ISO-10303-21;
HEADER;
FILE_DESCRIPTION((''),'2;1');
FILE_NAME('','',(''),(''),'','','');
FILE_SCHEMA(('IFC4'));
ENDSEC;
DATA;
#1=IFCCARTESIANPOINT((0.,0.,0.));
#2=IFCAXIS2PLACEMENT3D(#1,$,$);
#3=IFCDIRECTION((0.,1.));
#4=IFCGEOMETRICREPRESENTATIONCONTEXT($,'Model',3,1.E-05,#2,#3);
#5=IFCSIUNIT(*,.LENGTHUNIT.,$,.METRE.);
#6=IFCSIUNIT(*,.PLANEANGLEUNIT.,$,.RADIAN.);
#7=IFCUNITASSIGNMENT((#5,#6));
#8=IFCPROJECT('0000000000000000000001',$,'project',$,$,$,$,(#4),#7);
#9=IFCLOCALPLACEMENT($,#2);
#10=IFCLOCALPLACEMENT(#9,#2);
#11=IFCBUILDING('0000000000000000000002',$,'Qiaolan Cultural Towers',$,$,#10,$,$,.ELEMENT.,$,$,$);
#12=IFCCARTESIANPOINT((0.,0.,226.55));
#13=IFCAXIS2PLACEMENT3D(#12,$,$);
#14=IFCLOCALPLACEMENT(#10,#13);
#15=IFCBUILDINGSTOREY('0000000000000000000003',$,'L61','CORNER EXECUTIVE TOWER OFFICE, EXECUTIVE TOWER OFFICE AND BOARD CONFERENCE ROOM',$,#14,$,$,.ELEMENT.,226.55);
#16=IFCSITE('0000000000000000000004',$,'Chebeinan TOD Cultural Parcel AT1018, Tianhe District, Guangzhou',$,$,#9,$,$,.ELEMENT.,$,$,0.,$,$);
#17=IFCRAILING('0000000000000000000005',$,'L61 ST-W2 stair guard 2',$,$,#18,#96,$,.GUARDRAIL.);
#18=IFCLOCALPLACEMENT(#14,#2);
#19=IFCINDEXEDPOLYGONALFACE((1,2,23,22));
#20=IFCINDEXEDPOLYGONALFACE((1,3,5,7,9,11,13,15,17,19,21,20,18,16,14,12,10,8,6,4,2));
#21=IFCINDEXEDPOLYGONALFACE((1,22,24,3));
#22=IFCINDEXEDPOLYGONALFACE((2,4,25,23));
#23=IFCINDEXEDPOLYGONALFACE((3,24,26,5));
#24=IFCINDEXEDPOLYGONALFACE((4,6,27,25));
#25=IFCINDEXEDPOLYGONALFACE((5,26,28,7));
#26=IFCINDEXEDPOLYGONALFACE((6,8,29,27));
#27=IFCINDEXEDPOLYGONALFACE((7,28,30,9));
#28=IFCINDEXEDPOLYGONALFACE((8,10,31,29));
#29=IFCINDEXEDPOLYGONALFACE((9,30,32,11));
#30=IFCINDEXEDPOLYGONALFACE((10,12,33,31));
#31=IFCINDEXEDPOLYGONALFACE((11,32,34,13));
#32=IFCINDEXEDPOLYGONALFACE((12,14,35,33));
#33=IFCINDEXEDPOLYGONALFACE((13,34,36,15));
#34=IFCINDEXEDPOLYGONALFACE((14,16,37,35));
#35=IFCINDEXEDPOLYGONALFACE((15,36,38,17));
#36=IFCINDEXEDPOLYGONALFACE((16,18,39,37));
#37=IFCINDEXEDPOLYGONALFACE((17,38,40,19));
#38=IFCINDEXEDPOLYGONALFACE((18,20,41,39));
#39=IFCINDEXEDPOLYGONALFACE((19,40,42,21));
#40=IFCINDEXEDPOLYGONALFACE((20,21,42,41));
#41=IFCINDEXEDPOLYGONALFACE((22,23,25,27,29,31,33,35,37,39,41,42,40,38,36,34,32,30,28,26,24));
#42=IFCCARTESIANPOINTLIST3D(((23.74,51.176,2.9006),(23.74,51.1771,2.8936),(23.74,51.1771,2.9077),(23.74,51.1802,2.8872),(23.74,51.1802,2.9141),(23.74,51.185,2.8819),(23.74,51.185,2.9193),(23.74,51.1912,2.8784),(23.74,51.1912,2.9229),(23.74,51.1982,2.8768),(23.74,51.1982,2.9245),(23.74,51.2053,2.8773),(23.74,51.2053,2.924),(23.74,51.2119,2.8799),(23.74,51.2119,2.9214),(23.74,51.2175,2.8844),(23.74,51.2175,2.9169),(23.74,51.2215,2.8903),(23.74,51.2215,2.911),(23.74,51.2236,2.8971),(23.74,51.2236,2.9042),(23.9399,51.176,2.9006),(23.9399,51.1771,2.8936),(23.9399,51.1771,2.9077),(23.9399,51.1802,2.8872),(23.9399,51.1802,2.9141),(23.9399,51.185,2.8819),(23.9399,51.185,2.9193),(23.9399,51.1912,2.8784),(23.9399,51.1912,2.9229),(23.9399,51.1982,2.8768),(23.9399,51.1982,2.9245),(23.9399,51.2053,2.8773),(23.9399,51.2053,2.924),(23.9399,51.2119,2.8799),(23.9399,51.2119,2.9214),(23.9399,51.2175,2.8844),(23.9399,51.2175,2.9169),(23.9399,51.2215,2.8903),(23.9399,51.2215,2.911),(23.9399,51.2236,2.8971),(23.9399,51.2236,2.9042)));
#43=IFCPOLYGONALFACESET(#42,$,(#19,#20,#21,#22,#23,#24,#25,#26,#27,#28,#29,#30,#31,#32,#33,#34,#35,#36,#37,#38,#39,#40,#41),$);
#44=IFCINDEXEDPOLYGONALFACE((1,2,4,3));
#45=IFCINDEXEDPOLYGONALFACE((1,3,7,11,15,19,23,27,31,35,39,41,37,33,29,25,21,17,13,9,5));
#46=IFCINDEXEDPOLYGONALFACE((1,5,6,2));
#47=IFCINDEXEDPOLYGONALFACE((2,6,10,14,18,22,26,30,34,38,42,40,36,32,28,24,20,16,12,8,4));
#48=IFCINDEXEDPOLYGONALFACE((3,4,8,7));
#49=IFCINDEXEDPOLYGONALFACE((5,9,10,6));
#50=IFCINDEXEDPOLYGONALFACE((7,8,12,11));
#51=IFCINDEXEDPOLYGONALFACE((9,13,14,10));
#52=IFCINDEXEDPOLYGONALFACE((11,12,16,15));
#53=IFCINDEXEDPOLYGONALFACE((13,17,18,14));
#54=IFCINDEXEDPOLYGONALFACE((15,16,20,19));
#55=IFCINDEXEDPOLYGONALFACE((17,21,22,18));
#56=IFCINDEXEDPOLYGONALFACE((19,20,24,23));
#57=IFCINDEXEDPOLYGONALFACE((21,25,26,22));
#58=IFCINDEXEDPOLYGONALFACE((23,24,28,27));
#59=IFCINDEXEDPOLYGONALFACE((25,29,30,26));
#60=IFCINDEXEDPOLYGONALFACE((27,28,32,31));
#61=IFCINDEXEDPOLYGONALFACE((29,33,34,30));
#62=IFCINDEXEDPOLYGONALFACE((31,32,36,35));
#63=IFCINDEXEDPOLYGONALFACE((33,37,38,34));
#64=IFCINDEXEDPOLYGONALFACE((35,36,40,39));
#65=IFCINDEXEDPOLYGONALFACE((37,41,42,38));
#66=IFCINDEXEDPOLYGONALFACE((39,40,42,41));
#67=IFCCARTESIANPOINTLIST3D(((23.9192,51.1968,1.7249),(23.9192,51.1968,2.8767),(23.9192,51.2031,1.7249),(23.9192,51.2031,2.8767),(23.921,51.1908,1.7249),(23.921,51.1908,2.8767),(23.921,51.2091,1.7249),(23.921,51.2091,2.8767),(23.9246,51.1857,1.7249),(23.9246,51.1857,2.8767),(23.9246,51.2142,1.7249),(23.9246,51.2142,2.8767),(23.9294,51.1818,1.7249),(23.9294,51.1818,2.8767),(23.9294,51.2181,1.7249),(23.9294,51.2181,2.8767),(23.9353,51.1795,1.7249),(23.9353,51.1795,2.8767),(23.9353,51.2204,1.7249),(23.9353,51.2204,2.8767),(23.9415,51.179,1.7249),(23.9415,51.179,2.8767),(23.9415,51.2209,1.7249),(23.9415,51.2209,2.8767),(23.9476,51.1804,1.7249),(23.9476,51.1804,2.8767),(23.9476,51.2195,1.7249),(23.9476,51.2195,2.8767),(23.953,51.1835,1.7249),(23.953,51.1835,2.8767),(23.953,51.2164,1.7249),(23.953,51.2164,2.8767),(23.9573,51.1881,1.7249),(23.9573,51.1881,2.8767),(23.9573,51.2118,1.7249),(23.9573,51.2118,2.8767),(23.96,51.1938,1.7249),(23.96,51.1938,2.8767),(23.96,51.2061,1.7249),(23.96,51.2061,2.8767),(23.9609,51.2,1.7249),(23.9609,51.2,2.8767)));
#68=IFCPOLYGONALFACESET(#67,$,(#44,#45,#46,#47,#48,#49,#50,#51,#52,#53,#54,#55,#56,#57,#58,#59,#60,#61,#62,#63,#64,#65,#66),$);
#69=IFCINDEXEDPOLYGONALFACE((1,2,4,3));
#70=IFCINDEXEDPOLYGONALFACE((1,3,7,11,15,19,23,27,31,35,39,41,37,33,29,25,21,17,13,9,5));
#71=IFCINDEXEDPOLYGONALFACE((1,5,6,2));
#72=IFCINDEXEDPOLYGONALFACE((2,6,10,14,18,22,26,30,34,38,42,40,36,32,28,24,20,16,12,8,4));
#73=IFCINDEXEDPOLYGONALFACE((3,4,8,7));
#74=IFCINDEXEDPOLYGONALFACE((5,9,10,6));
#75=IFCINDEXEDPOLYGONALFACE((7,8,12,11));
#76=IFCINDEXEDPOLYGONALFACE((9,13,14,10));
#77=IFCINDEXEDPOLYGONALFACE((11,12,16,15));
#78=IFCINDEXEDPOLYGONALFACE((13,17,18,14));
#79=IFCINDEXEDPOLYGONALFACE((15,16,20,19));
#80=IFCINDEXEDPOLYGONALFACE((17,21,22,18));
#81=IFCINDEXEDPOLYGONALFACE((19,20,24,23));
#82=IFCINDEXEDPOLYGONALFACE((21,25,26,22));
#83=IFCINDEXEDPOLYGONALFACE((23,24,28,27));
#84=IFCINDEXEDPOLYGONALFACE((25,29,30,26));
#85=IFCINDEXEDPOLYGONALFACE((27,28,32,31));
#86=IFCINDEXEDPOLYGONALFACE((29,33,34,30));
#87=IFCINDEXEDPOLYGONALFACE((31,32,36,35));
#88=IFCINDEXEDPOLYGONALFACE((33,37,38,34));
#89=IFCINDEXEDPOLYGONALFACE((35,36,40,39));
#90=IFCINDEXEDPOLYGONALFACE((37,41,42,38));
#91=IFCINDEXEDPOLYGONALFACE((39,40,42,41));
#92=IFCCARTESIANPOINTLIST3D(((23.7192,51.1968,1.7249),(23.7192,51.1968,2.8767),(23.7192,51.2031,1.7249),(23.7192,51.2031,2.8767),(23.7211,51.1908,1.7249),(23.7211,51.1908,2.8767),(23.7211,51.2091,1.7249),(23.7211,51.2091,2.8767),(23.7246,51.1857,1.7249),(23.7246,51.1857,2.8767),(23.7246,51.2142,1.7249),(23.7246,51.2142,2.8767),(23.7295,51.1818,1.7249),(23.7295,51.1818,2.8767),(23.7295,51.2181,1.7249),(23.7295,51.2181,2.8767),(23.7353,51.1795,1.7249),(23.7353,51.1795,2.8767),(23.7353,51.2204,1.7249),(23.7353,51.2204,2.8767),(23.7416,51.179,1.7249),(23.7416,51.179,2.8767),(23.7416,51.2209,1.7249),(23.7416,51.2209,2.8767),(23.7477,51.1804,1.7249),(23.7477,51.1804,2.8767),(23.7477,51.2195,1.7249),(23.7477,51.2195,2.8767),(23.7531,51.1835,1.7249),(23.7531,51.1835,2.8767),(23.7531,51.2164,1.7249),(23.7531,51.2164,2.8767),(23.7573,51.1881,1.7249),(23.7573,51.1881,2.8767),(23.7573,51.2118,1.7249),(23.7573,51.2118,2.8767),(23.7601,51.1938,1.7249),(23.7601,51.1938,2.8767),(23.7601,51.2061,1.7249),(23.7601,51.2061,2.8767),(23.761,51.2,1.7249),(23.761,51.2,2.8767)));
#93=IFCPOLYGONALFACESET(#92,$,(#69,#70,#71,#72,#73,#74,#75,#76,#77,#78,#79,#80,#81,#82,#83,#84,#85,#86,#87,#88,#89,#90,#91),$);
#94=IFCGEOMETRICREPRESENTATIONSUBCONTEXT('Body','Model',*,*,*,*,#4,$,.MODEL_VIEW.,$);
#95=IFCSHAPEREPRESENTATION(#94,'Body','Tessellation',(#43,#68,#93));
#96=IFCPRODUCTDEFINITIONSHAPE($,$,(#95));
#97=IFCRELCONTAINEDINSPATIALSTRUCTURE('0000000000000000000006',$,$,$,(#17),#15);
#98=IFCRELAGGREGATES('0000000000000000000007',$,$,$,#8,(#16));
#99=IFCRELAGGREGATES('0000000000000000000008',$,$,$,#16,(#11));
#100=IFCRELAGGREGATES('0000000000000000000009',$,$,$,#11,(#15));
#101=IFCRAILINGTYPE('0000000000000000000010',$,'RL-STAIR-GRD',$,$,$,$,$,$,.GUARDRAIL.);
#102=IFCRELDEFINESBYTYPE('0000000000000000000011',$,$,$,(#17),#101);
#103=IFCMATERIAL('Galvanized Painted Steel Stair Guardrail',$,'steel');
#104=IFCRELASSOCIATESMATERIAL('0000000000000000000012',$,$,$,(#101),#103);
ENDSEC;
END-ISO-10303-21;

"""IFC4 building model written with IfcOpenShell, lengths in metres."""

from ifc_helpers import new_model, si_unit, direction, frame, origin, origin_2d, place, context, subcontext, project, spatial, circle, extrude, material, type_object, element, save


model = new_model("IFC4")

# Units and contexts
model_context = context("Model", 3, precision=1e-05, world=origin(), true_north=direction((0.0, 1.0)))
body_context = subcontext(model_context, "Body", "Model", "MODEL_VIEW")
ifc_project = project(units=[si_unit("LENGTHUNIT", "METRE"), si_unit("PLANEANGLEUNIT", "RADIAN")], contexts=[model_context])

# Site, building, storey
site_placement = place(None, origin())
site = spatial("IfcSite", under=ifc_project, at=site_placement, Name="Chebeinan TOD Cultural Parcel AT1018, Tianhe District, Guangzhou", CompositionType="ELEMENT", RefElevation=0.0)
building_placement = place(site_placement, origin())
building = spatial("IfcBuilding", under=site, at=building_placement, Name="Qiaolan Cultural Towers", CompositionType="ELEMENT")
storey_placement = place(building_placement, frame((0.0, 0.0, 226.55)))
storey = spatial("IfcBuildingStorey", under=building, at=storey_placement, Name="L61", Description="CORNER EXECUTIVE TOWER OFFICE, EXECUTIVE TOWER OFFICE AND BOARD CONFERENCE ROOM", CompositionType="ELEMENT", Elevation=226.55)

# Railing
ifc_material_1 = material(Name="Galvanized Painted Steel Stair Guardrail", Category="steel")
railing_type_1 = type_object("IfcRailingType", Name="RL-STAIR-GRD", PredefinedType="GUARDRAIL", material=ifc_material_1)
railing_1_placement = place(storey_placement, frame((23.9399, 51.2, 1.7249)))
element("IfcRailing", 1, at=railing_1_placement, inside=storey, type_object=railing_type_1, Name="L61 ST-W2 stair guard 2", PredefinedType="GUARDRAIL", context=body_context, shape_type="SweptSolid", body=[
    extrude(circle(Radius=0.0239, at=origin_2d()), frame((0.0, 0.0, 1.1758), z_axis=(-1.0, 0.0, 0.0), x_axis=(0.0, -1.0, 0.0)), (0.0, 0.0, 1.0), 0.2),
    extrude(circle(Radius=0.021, at=origin_2d()), origin(), (0.0, 0.0, 1.0), 1.1519),
    extrude(circle(Radius=0.021, at=origin_2d()), frame((-0.2, 0.0, 0.0)), (0.0, 0.0, 1.0), 1.1519),
])

save(model, "model.ifc")
